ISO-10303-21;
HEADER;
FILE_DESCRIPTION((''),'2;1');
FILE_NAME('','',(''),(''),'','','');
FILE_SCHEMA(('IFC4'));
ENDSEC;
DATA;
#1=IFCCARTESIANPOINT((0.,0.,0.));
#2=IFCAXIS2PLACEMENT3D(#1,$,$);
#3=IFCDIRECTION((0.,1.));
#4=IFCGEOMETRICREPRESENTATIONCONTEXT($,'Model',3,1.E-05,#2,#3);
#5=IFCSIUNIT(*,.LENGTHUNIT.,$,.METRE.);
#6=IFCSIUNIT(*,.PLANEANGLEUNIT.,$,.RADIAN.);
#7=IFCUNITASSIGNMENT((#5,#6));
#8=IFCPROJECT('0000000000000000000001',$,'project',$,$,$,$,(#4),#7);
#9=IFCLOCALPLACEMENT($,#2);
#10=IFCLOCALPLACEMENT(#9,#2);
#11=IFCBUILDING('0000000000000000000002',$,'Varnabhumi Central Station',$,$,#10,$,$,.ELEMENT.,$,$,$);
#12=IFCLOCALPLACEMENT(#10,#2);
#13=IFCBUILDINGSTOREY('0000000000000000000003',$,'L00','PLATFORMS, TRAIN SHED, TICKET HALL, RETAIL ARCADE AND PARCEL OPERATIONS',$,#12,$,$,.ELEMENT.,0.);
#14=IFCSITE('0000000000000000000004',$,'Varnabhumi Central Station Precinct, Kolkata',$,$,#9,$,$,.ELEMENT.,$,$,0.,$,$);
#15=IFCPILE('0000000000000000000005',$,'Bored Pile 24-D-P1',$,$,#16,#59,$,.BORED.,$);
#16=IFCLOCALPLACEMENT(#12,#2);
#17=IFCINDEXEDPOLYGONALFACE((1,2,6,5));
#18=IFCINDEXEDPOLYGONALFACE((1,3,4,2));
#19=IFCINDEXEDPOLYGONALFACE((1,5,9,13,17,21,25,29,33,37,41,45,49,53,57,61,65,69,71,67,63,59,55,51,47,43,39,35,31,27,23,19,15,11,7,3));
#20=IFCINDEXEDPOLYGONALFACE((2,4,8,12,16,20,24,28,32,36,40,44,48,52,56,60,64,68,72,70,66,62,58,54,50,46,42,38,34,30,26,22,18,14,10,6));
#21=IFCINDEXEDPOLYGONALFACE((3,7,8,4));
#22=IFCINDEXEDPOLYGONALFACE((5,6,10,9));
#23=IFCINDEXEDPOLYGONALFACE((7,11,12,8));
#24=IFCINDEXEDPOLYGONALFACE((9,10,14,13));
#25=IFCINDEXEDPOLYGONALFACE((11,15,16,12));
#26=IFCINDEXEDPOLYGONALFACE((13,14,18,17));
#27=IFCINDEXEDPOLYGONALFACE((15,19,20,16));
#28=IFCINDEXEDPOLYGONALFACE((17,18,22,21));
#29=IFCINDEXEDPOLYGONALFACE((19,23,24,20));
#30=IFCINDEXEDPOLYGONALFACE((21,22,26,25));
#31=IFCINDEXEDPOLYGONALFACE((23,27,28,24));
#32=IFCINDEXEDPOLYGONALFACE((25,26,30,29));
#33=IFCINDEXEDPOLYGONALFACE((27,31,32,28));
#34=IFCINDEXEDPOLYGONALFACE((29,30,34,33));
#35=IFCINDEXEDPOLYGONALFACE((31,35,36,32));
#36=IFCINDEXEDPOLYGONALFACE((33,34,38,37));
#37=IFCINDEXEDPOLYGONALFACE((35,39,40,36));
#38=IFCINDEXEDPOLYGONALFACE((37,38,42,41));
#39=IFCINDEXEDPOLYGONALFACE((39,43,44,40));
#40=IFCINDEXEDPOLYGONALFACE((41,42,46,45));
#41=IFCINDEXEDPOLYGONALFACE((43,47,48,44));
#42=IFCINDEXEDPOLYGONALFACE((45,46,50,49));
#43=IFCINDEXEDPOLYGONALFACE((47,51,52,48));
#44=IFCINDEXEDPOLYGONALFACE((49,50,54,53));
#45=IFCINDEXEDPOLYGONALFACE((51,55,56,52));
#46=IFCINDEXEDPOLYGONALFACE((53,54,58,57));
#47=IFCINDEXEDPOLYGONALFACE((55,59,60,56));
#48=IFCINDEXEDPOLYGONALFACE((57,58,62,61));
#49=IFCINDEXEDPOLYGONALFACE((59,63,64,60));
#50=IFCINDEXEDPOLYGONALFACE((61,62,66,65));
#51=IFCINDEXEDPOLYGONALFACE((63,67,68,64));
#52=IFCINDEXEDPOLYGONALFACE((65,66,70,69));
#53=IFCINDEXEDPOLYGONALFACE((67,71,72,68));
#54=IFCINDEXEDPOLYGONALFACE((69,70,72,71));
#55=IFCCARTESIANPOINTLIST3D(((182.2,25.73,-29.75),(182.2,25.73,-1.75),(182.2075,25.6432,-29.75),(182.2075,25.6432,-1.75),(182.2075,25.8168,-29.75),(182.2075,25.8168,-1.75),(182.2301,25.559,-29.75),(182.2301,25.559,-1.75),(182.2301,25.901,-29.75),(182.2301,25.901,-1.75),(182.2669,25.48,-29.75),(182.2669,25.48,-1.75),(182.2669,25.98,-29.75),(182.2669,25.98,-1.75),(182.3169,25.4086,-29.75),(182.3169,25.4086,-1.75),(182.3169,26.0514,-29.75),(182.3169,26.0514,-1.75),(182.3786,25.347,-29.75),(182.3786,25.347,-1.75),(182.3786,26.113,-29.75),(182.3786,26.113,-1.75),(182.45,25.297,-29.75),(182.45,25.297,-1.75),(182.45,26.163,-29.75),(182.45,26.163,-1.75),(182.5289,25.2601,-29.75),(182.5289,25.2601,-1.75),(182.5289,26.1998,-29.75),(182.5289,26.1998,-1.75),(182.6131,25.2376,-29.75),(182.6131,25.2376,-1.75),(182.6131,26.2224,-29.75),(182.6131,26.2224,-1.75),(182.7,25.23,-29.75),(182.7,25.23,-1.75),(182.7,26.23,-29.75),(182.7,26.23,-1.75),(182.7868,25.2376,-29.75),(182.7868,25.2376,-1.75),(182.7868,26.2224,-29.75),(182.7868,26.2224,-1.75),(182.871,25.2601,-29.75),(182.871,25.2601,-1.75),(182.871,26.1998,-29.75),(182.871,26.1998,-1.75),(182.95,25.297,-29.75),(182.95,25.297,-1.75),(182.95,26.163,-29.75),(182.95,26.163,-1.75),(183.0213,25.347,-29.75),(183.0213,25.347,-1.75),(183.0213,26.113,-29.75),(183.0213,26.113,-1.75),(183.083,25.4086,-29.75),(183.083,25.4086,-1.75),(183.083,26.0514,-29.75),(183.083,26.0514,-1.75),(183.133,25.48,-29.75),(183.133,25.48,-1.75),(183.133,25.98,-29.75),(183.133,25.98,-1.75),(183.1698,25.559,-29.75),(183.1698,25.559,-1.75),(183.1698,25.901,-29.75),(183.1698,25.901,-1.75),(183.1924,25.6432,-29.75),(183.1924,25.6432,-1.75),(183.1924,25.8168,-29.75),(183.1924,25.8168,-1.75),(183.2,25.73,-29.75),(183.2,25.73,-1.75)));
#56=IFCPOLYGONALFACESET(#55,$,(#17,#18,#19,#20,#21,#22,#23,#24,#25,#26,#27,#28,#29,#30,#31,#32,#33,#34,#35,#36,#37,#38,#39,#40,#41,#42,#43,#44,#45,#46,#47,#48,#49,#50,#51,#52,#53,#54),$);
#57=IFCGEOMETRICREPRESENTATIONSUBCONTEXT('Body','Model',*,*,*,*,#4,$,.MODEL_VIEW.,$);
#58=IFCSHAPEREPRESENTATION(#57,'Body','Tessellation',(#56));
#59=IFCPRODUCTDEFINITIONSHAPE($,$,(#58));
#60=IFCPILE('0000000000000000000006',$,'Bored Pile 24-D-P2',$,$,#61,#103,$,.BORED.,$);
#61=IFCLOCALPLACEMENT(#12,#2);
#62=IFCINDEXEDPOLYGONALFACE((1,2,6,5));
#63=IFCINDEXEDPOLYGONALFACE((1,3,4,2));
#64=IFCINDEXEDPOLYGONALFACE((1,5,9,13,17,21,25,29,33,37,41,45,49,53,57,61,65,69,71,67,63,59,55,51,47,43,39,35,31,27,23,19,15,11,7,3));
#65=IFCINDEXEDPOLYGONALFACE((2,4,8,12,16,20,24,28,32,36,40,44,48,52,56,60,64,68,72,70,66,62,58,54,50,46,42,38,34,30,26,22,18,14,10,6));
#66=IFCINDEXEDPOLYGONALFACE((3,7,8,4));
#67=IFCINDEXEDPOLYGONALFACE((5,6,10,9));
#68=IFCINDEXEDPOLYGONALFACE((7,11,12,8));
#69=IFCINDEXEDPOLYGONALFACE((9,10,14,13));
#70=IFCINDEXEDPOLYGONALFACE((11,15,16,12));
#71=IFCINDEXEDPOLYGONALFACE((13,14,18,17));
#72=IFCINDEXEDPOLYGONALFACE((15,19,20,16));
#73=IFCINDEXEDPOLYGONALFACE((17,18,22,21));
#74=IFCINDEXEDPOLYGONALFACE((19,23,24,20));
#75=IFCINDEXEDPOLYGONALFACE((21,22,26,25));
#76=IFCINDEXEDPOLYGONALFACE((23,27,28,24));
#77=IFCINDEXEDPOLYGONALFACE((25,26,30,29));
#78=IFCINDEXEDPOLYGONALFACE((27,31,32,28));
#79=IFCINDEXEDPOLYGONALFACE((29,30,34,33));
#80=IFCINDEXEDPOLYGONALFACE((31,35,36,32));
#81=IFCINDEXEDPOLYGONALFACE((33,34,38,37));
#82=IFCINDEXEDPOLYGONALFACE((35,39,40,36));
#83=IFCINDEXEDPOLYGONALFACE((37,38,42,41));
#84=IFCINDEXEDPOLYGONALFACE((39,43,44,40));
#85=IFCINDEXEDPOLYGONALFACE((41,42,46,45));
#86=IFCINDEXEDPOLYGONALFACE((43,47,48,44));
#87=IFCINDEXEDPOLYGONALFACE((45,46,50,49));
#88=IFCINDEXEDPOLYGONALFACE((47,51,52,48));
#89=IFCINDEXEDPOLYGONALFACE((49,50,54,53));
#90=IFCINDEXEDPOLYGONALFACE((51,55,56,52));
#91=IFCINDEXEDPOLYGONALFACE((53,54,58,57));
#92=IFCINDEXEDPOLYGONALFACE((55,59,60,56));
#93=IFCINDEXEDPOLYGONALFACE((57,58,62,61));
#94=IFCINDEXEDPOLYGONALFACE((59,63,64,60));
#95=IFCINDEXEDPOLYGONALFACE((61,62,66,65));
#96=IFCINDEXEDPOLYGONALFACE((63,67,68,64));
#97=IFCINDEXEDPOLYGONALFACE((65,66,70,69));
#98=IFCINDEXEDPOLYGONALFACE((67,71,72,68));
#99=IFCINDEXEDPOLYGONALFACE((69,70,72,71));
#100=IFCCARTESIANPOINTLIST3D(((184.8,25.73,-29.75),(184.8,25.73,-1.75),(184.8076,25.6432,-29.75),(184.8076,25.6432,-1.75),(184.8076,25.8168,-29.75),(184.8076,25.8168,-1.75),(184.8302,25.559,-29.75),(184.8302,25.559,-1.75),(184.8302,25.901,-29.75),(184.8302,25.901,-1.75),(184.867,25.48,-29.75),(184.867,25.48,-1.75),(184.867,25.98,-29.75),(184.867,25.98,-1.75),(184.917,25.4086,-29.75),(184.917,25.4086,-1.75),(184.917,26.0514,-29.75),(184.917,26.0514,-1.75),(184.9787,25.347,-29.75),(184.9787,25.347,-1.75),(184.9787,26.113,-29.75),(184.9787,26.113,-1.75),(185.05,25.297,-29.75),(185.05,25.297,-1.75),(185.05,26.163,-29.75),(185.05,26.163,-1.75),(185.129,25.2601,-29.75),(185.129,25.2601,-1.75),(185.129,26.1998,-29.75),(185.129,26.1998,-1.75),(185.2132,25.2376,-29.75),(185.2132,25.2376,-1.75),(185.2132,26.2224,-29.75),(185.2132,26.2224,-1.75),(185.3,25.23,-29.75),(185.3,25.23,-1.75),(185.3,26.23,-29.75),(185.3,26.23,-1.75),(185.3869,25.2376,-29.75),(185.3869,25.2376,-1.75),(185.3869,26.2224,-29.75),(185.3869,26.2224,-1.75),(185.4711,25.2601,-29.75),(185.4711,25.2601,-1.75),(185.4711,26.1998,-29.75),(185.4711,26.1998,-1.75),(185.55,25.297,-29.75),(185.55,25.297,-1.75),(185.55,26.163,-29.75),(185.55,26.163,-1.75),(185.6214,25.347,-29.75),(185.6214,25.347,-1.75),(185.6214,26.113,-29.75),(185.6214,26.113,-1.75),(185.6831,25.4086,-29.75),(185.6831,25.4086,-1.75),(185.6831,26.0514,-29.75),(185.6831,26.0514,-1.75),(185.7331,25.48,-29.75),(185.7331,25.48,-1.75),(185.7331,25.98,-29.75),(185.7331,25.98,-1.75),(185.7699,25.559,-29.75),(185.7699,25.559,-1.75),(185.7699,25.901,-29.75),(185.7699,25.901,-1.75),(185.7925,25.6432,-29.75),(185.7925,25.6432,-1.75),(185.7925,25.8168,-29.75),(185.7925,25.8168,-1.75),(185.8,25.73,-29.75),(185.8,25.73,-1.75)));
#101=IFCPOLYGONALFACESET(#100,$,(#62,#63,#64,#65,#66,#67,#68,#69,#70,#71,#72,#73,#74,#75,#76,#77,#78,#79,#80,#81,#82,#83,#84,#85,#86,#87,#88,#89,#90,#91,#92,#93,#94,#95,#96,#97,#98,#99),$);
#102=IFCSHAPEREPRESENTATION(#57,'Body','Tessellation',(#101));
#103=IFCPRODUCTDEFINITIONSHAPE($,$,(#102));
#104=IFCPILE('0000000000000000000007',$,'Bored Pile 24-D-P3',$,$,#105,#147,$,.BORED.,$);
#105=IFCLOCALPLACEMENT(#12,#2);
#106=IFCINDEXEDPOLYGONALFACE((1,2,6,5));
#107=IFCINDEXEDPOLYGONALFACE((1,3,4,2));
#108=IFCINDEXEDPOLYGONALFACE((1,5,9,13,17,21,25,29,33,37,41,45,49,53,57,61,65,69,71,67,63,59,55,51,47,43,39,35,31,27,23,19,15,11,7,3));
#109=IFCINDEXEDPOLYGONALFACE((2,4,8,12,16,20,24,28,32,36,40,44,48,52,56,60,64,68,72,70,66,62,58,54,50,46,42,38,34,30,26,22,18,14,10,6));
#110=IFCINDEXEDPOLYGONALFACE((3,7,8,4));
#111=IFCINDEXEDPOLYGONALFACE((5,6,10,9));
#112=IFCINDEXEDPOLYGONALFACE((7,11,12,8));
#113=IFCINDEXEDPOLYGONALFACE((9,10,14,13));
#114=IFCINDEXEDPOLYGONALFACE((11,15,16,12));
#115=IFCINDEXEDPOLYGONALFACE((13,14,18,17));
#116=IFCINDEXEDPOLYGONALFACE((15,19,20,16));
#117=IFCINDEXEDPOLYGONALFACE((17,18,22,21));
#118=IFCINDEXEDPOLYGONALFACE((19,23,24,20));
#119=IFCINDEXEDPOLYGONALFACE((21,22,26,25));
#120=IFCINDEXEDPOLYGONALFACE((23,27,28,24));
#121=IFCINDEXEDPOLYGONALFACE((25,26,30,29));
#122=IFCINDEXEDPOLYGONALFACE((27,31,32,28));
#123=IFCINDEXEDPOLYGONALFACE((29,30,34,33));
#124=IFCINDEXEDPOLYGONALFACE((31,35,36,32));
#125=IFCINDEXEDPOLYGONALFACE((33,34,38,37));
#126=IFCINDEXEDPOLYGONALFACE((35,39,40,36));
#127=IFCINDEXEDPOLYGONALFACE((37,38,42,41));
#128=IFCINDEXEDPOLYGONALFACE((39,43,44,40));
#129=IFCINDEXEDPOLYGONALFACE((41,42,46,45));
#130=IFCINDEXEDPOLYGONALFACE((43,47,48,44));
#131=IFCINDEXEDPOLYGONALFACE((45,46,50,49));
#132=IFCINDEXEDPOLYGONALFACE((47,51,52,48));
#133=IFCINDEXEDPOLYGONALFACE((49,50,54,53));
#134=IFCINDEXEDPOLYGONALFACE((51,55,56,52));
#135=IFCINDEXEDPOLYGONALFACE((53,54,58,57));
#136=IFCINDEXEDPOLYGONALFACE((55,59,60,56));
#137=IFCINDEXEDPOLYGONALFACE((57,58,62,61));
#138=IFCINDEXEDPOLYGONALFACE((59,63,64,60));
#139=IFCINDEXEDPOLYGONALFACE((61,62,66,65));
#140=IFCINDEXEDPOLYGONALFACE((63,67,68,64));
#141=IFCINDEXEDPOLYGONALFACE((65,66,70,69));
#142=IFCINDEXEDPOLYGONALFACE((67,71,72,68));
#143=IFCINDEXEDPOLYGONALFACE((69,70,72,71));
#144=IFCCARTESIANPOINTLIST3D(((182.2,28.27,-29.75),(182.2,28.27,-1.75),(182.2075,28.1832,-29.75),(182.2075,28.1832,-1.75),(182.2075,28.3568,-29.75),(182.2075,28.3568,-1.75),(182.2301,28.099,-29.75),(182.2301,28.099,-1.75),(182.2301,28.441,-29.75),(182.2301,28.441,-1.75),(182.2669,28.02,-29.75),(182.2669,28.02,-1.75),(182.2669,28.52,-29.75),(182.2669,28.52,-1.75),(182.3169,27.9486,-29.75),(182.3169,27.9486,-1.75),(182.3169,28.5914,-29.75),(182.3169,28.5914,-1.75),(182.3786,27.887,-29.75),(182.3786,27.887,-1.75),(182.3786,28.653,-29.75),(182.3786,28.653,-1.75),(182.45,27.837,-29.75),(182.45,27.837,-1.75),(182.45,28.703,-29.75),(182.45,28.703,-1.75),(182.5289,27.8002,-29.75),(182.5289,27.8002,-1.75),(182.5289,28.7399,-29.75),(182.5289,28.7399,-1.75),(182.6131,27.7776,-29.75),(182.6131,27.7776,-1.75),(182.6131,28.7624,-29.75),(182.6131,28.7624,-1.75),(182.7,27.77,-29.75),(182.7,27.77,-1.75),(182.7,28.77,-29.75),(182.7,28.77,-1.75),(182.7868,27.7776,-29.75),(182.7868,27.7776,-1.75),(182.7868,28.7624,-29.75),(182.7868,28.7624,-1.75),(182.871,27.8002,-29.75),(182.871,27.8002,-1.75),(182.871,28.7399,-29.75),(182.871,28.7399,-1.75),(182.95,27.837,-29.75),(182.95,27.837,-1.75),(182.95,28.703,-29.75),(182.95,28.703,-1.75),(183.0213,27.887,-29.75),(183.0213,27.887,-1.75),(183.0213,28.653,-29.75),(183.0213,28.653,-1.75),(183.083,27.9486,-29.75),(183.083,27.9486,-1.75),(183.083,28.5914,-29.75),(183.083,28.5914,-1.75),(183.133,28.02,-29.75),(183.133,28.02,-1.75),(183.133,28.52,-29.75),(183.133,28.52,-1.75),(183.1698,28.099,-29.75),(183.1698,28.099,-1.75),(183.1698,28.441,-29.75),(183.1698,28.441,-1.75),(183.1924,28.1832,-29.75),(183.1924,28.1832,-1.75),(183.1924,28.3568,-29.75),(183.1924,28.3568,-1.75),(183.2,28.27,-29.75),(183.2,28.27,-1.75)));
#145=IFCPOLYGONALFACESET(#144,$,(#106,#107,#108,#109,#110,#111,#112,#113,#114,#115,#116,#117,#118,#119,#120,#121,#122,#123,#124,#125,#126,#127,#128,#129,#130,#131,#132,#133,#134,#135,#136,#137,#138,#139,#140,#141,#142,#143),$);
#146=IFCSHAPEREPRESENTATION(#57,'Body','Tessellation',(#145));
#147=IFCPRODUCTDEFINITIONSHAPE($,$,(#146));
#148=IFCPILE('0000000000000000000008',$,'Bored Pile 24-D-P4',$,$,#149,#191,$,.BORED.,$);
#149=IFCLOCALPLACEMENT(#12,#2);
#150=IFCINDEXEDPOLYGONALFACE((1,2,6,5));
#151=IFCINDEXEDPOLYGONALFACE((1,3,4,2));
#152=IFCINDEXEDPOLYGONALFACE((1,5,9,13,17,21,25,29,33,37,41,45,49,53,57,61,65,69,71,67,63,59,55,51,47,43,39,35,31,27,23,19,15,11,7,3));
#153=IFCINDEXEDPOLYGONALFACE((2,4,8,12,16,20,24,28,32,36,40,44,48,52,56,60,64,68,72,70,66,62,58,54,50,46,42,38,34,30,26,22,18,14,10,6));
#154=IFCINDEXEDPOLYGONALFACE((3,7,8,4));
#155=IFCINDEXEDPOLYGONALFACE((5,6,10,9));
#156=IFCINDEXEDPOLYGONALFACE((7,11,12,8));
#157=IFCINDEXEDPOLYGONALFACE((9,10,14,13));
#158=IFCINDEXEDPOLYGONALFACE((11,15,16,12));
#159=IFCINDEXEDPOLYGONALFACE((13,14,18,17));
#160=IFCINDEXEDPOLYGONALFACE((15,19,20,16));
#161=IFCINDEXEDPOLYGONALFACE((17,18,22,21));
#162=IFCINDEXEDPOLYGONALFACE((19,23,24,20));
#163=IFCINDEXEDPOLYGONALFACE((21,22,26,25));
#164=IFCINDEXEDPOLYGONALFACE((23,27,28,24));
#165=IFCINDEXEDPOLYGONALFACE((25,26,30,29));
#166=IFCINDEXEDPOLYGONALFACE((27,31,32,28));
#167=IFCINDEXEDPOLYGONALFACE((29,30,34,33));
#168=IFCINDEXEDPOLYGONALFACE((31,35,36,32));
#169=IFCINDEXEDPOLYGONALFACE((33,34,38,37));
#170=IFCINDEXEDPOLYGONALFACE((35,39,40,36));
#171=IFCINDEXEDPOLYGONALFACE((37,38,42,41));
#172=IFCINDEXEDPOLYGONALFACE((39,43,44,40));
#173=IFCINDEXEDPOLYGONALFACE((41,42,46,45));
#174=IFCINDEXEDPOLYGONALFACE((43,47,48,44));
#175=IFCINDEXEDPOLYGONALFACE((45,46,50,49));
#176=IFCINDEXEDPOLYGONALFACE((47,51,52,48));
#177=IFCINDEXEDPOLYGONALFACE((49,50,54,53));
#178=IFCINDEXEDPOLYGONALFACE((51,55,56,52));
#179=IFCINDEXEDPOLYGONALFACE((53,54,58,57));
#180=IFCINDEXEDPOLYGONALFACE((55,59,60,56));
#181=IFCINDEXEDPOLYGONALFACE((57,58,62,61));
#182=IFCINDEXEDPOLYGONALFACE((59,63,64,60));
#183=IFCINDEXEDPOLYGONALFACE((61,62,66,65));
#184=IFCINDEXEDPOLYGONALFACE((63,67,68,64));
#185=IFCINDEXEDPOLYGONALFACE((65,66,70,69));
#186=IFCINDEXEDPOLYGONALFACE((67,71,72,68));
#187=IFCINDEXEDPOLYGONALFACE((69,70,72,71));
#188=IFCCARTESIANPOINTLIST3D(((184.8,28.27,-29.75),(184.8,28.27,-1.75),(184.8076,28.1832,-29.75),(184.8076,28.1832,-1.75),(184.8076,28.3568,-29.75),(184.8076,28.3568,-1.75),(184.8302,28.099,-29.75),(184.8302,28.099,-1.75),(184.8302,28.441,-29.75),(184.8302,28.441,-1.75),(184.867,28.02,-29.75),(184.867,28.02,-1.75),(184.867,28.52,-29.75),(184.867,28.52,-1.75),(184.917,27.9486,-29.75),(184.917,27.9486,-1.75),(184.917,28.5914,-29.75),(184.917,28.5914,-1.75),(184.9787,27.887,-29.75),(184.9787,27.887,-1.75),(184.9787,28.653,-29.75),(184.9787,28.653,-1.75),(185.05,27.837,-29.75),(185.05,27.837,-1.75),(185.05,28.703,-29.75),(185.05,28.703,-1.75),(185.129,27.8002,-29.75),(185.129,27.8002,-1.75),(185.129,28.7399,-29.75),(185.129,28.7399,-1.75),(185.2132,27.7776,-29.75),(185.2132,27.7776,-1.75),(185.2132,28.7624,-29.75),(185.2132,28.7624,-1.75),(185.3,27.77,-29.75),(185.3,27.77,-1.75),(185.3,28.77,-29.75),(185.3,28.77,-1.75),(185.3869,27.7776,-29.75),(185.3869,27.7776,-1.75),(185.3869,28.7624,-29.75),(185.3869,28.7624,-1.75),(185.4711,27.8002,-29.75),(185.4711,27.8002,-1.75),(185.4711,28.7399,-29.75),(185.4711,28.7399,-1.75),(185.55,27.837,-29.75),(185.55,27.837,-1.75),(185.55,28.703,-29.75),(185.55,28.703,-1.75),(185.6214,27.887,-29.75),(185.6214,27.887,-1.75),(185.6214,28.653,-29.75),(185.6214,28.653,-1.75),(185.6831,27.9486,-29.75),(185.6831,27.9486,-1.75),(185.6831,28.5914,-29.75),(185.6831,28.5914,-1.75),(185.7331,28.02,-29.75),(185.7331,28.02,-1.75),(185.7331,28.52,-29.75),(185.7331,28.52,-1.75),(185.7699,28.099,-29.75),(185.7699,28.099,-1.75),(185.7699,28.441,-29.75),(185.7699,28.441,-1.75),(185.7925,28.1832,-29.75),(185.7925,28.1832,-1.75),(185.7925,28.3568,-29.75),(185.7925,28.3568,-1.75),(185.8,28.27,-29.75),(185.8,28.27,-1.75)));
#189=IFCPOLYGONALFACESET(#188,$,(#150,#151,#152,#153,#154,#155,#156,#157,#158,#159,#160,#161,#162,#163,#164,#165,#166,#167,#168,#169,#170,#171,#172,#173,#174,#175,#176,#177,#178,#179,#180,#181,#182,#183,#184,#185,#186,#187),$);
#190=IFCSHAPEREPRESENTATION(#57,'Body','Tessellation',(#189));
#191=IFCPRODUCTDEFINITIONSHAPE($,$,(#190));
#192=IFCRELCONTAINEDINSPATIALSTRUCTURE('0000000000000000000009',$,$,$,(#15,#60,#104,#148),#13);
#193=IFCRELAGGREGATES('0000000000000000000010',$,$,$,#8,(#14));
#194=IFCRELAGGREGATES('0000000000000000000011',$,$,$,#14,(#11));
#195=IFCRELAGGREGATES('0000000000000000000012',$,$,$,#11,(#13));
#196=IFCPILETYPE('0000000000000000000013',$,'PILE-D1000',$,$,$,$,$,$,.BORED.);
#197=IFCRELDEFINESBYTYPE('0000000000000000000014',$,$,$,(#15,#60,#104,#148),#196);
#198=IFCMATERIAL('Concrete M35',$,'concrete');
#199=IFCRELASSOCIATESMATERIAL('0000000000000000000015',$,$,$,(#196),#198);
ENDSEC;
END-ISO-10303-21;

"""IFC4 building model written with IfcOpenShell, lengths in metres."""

from ifc_helpers import new_model, si_unit, direction, frame, origin, origin_2d, place, context, subcontext, project, spatial, circle, extrude, material, material_profile, profile_set, type_object, element, save


model = new_model("IFC4")

# Units and contexts
model_context = context("Model", 3, precision=1e-05, world=origin(), true_north=direction((0.0, 1.0)))
body_context = subcontext(model_context, "Body", "Model", "MODEL_VIEW")
ifc_project = project(units=[si_unit("LENGTHUNIT", "METRE"), si_unit("PLANEANGLEUNIT", "RADIAN")], contexts=[model_context])

# Site, building, storey
site_placement = place(None, origin())
site = spatial("IfcSite", under=ifc_project, at=site_placement, Name="Varnabhumi Central Station Precinct, Kolkata", CompositionType="ELEMENT", RefElevation=0.0)
building_placement = place(site_placement, origin())
building = spatial("IfcBuilding", under=site, at=building_placement, Name="Varnabhumi Central Station", CompositionType="ELEMENT")
storey_placement = place(building_placement, origin())
storey = spatial("IfcBuildingStorey", under=building, at=storey_placement, Name="L00", Description="PLATFORMS, TRAIN SHED, TICKET HALL, RETAIL ARCADE AND PARCEL OPERATIONS", CompositionType="ELEMENT", Elevation=0.0)

# Piles
ifc_material_1 = material(Name="Concrete M35", Category="concrete")
ifc_material_profile_1 = material_profile(ifc_material_1, circle(Radius=0.5, at=origin_2d()), Name="Concrete M35", Category="concrete")
ifc_profile_set_1 = profile_set([ifc_material_profile_1], Name="Concrete M35")
pile_type_1 = type_object("IfcPileType", Name="PILE-D1000", PredefinedType="BORED", material=ifc_profile_set_1)
for number, where, z_axis, x_axis, name in (
    (1, (182.7, 25.73, -1.75), (0.0, 0.0, -1.0), (1.0, 0.0, 0.0), "Bored Pile 24-D-P1"),
    (2, (185.3, 25.73, -1.75), (0.0, 0.0, -1.0), (1.0, 0.0, 0.0), "Bored Pile 24-D-P2"),
    (3, (182.7, 28.27, -1.75), (0.0, 0.0, -1.0), (1.0, 0.0, 0.0), "Bored Pile 24-D-P3"),
    (4, (185.3, 28.27, -1.75), (0.0, 0.0, -1.0), (1.0, 0.0, 0.0), "Bored Pile 24-D-P4"),
):
    element("IfcPile", number, at=place(storey_placement, frame(where, z_axis=z_axis, x_axis=x_axis)), inside=storey, type_object=pile_type_1, Name=name, PredefinedType="BORED", context=body_context, shape_type="SweptSolid", body=[
        extrude(circle(Radius=0.5, at=origin_2d()), origin(), (0.0, 0.0, 1.0), 28.0),
    ])

save(model, "model.ifc")
